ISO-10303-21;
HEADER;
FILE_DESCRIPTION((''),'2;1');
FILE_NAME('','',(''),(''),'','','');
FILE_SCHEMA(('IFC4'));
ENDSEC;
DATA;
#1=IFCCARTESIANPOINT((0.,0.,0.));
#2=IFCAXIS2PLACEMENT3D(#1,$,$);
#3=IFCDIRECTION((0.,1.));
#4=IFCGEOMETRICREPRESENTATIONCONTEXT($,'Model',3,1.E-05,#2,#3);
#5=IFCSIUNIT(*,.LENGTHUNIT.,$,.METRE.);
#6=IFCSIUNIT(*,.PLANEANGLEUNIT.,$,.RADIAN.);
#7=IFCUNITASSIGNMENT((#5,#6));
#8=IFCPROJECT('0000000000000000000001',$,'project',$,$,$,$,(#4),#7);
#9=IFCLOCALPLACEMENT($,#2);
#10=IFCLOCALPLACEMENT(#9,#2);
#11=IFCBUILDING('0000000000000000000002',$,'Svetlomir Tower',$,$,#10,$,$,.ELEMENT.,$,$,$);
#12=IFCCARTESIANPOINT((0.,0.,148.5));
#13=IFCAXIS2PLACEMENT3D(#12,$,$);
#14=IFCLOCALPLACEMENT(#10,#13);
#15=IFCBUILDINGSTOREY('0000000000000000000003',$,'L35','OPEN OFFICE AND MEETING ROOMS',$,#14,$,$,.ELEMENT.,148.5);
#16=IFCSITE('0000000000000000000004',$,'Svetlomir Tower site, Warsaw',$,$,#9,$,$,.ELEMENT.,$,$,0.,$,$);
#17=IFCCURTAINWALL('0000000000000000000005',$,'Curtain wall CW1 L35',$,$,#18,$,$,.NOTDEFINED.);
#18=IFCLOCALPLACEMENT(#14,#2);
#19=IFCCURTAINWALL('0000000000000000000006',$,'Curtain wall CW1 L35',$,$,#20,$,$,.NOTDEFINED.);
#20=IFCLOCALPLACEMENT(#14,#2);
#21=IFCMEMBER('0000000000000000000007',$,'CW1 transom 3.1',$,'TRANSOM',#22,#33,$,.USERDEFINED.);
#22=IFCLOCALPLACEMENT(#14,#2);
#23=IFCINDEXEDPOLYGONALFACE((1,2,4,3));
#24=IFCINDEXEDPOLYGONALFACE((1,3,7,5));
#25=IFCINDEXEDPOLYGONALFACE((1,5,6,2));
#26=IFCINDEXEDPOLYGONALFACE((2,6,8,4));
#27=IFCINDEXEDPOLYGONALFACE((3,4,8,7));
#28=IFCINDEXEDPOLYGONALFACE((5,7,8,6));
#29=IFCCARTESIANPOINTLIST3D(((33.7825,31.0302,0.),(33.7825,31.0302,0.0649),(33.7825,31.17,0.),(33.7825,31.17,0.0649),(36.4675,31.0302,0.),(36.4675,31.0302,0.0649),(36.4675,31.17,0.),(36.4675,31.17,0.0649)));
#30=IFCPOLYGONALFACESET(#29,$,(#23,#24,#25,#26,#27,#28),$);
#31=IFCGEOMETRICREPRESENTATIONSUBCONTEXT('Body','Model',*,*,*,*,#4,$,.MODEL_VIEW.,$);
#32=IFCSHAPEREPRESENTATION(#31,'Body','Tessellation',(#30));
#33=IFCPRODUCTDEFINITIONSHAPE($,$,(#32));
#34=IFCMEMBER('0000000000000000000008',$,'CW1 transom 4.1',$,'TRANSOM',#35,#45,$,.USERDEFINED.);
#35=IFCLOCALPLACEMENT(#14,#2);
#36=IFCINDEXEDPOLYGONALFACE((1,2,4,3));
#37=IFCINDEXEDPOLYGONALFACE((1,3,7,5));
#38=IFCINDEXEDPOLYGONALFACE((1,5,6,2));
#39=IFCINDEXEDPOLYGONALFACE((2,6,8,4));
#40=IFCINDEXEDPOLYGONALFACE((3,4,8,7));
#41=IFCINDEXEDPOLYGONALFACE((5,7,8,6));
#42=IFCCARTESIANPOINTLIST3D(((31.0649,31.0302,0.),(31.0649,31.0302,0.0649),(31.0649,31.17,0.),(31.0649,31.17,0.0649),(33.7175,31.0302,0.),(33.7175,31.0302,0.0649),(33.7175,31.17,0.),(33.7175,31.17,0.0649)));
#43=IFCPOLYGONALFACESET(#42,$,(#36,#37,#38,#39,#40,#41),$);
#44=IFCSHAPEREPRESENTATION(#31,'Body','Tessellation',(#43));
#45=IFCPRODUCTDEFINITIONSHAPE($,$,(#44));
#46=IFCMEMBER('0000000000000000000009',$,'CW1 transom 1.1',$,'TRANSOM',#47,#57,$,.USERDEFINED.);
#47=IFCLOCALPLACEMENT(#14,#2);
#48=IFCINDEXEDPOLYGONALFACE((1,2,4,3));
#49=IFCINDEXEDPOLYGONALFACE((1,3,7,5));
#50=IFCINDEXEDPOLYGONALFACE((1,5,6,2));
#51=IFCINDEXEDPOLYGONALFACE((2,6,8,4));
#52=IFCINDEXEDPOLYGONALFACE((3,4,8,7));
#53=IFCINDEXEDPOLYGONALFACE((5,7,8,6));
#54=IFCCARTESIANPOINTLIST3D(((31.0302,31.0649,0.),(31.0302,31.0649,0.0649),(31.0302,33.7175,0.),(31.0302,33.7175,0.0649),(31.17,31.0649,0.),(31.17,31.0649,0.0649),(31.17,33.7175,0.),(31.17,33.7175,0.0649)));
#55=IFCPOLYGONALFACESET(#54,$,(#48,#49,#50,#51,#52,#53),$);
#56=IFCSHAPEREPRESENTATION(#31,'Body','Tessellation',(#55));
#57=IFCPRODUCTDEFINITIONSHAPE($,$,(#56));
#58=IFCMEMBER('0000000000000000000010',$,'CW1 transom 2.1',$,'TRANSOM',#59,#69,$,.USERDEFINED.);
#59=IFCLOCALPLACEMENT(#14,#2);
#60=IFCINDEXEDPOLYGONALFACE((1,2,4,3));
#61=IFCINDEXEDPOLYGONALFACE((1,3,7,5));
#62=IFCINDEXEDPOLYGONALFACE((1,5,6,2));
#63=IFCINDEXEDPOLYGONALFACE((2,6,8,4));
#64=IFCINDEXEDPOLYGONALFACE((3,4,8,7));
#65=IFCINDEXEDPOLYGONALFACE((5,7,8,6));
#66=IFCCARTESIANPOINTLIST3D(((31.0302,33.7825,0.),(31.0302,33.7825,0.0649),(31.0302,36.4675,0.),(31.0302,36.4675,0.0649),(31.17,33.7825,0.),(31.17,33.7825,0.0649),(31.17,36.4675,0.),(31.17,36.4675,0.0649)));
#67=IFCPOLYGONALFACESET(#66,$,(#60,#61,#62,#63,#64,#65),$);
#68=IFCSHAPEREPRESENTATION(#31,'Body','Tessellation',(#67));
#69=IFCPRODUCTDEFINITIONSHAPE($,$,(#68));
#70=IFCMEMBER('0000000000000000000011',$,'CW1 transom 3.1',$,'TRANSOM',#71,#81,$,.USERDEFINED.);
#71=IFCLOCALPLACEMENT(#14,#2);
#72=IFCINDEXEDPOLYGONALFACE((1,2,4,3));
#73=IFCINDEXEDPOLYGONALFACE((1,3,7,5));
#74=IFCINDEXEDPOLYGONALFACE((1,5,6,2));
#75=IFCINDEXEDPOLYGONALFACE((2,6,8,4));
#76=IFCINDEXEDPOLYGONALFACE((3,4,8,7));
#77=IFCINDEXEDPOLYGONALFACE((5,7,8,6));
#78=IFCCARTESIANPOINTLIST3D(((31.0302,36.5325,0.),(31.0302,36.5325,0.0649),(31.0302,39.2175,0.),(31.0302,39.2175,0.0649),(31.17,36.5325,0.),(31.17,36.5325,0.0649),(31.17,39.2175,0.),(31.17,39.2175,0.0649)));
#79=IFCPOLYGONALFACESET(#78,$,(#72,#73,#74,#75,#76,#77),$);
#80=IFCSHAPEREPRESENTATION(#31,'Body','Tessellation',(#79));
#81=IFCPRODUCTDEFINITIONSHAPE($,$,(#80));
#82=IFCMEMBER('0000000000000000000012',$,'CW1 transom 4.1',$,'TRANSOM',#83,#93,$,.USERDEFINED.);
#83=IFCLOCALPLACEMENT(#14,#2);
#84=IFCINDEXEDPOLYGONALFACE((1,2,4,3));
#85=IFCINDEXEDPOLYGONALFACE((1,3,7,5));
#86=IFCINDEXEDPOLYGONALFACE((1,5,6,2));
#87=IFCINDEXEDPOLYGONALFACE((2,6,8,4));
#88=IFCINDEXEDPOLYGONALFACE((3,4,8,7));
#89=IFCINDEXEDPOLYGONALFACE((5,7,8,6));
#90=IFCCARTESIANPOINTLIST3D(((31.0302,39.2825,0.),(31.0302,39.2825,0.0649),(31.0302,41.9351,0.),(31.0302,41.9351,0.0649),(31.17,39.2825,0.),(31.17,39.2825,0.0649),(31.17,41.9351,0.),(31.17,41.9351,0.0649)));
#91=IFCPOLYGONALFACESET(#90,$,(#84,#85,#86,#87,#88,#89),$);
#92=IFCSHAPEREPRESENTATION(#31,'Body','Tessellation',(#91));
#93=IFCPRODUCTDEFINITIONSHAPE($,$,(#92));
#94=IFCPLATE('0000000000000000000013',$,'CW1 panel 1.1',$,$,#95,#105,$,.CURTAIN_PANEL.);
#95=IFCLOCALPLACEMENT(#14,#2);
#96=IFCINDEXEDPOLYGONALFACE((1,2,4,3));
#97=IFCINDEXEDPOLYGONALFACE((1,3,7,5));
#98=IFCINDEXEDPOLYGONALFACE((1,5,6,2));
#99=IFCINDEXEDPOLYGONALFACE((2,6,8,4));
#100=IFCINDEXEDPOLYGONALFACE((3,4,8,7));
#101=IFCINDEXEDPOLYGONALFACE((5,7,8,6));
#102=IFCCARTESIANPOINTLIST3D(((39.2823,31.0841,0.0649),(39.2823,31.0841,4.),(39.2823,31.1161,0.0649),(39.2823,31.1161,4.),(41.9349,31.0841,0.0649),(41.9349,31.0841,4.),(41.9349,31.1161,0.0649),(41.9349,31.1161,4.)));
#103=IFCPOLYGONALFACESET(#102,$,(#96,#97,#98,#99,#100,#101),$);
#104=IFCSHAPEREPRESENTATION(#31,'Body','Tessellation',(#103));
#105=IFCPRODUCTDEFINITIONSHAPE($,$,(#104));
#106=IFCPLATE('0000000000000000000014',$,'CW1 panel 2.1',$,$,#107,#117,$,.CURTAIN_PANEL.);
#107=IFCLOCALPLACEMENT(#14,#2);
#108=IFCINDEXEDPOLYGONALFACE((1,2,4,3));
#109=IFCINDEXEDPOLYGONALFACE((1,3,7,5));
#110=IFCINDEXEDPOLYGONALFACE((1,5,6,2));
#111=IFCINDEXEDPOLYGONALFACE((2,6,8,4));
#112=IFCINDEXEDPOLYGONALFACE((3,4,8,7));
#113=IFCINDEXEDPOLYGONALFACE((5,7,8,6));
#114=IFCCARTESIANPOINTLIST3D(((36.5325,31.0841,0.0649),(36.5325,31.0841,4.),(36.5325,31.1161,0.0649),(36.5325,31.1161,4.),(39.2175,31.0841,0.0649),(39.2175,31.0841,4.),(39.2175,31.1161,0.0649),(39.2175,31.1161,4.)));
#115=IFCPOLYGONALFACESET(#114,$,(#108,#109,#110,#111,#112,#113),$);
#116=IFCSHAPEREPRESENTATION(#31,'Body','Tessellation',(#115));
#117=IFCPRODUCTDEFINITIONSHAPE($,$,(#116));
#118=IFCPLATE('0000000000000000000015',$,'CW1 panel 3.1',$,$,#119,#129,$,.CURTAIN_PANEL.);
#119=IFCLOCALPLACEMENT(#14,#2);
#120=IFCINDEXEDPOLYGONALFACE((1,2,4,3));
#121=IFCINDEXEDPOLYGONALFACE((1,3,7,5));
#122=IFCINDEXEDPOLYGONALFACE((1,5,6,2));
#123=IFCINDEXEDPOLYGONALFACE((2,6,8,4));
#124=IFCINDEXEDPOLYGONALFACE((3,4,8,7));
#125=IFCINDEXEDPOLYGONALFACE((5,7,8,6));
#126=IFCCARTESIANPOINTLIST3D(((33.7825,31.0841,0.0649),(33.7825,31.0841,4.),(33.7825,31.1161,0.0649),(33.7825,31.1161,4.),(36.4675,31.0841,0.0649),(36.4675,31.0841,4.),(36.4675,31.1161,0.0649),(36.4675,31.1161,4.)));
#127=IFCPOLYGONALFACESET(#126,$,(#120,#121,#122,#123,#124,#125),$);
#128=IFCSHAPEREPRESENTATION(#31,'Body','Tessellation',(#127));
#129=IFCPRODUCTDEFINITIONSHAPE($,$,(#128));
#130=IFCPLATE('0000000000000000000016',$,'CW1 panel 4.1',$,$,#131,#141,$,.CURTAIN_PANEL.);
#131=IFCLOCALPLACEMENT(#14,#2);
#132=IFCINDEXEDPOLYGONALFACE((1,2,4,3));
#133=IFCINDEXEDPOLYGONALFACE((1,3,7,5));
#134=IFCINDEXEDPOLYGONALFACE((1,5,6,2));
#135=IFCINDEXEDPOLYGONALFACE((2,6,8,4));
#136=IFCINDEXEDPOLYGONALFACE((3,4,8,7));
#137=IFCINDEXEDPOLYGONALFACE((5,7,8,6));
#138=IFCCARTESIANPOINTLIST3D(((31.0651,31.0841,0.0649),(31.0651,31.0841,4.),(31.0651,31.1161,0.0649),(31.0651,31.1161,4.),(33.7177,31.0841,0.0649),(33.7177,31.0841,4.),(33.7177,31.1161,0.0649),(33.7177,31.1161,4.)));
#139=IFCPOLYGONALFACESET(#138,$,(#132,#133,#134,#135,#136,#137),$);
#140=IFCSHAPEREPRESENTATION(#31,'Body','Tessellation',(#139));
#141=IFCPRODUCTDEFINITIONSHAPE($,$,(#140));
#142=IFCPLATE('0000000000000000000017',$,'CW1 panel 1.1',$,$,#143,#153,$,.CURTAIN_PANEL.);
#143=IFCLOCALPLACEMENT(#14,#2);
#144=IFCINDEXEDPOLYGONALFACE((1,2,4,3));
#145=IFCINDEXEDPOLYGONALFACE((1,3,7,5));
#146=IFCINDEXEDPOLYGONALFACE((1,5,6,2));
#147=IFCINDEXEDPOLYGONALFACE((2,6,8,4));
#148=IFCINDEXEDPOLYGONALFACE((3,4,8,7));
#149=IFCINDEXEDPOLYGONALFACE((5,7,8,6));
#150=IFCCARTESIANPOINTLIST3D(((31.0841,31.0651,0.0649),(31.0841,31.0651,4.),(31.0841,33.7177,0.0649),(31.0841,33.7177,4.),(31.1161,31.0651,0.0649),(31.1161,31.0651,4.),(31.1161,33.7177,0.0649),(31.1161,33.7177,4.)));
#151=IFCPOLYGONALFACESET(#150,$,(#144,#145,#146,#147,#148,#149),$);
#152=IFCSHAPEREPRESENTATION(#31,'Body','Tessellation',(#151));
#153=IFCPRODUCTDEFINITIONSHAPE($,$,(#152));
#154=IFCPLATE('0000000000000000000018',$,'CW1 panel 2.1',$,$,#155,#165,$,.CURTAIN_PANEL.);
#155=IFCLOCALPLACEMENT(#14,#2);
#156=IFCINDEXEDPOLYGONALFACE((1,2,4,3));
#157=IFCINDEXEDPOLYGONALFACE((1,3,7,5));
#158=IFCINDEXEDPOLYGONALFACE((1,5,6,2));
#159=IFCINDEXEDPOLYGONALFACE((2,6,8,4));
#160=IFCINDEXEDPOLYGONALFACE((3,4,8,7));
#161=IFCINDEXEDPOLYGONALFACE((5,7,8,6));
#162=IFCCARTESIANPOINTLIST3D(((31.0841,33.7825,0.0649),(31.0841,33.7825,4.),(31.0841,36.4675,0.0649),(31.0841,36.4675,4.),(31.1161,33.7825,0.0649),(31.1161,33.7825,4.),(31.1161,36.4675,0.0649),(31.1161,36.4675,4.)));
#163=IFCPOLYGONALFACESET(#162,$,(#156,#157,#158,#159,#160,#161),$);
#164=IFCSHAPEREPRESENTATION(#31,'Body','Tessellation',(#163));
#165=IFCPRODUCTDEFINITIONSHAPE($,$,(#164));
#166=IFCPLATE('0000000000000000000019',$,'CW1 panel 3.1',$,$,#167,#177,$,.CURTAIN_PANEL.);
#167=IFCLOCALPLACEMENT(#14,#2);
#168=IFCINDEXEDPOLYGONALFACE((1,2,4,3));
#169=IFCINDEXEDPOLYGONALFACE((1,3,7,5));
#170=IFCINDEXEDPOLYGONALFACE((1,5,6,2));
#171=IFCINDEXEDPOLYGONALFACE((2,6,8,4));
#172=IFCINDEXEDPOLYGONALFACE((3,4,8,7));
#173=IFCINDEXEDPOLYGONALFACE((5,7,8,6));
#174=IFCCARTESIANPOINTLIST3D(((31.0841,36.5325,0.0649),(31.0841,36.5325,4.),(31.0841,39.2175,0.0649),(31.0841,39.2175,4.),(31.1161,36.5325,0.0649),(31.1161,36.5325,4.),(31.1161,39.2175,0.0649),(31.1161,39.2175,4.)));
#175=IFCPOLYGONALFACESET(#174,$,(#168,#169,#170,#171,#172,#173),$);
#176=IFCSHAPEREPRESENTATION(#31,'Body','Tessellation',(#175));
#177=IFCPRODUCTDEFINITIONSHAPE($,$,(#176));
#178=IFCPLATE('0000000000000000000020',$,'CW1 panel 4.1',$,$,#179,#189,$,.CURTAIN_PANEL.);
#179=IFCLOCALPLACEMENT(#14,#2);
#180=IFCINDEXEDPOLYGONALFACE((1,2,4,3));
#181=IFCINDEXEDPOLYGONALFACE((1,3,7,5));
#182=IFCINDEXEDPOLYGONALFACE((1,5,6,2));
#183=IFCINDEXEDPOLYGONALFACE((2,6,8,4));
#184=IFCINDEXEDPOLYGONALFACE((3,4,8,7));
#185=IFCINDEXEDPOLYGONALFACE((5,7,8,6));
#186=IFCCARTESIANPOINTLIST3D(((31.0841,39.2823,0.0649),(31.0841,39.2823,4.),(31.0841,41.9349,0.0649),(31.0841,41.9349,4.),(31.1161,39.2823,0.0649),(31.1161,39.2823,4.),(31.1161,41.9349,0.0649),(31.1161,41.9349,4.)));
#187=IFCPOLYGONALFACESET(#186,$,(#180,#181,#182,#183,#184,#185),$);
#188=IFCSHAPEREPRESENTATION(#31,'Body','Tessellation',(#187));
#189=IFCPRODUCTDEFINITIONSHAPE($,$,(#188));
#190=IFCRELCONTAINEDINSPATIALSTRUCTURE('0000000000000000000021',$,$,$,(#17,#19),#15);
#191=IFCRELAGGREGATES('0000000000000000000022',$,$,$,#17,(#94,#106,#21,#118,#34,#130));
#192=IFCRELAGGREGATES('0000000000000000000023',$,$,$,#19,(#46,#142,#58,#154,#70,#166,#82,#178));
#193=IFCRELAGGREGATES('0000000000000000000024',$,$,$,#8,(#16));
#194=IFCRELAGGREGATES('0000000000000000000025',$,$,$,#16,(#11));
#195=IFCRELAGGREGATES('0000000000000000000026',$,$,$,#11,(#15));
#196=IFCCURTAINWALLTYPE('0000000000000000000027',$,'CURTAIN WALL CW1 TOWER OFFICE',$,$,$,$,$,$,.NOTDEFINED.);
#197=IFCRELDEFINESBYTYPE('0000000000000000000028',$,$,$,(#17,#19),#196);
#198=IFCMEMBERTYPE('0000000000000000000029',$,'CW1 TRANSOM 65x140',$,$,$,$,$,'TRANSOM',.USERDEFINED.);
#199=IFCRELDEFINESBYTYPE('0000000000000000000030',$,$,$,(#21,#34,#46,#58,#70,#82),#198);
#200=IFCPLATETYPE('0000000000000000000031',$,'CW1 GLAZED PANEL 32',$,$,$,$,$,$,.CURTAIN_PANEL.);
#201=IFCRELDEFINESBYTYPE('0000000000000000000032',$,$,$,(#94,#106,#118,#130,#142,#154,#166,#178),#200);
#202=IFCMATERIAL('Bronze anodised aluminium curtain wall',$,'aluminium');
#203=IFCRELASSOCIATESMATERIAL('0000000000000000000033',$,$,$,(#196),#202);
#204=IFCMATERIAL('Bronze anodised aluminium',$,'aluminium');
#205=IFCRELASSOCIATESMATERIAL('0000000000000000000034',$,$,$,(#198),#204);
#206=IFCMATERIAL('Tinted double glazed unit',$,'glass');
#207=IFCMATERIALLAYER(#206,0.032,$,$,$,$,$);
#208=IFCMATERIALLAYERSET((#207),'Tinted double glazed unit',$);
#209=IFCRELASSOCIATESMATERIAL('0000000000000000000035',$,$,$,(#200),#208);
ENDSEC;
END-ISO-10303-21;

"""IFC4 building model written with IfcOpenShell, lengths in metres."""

from ifc_helpers import new_model, si_unit, direction, frame, origin, origin_2d, place, context, subcontext, project, spatial, rectangle, extrude, material, layer, layer_set, material_profile, profile_set, type_object, element, aggregate, save


model = new_model("IFC4")

# Units and contexts
model_context = context("Model", 3, precision=1e-05, world=origin(), true_north=direction((0.0, 1.0)))
body_context = subcontext(model_context, "Body", "Model", "MODEL_VIEW")
ifc_project = project(units=[si_unit("LENGTHUNIT", "METRE"), si_unit("PLANEANGLEUNIT", "RADIAN")], contexts=[model_context])

# Site, building, storey
site_placement = place(None, origin())
site = spatial("IfcSite", under=ifc_project, at=site_placement, Name="Svetlomir Tower site, Warsaw", CompositionType="ELEMENT", RefElevation=0.0)
building_placement = place(site_placement, origin())
building = spatial("IfcBuilding", under=site, at=building_placement, Name="Svetlomir Tower", CompositionType="ELEMENT")
storey_placement = place(building_placement, frame((0.0, 0.0, 148.5)))
storey = spatial("IfcBuildingStorey", under=building, at=storey_placement, Name="L35", Description="OPEN OFFICE AND MEETING ROOMS", CompositionType="ELEMENT", Elevation=148.5)

# Curtain walls
ifc_material_1 = material(Name="Bronze anodised aluminium curtain wall", Category="aluminium")
curtain_wall_type = type_object("IfcCurtainWallType", Name="CURTAIN WALL CW1 TOWER OFFICE", PredefinedType="NOTDEFINED", material=ifc_material_1)
curtain_wall_1_placement = place(storey_placement, origin())
curtain_wall_1 = element("IfcCurtainWall", 1, at=curtain_wall_1_placement, inside=storey, type_object=curtain_wall_type, Name="Curtain wall CW1 L35", PredefinedType="NOTDEFINED")
curtain_wall_2_placement = place(storey_placement, origin())
curtain_wall_2 = element("IfcCurtainWall", 2, at=curtain_wall_2_placement, inside=storey, type_object=curtain_wall_type, Name="Curtain wall CW1 L35", PredefinedType="NOTDEFINED")

# Members
ifc_material_2 = material(Name="Bronze anodised aluminium", Category="aluminium")
ifc_material_profile_1 = material_profile(ifc_material_2, rectangle(XDim=0.1399, YDim=0.0649, at=origin_2d()), Name="AL 140x65")
ifc_profile_set_1 = profile_set([ifc_material_profile_1], Name="Bronze anodised aluminium 6063-T6")
member_type_1 = type_object("IfcMemberType", Name="CW1 TRANSOM 65x140", ElementType="TRANSOM", PredefinedType="USERDEFINED", material=ifc_profile_set_1)
member_1_placement = place(storey_placement, frame((36.4675, 31.1001, 0.0325), z_axis=(-1.0, 0.0, 0.0), x_axis=(0.0, -1.0, 0.0)))
member_1 = element("IfcMember", 3, at=member_1_placement, type_object=member_type_1, Name="CW1 transom 3.1", ObjectType="TRANSOM", PredefinedType="USERDEFINED", context=body_context, shape_type="SweptSolid", body=[
    extrude(rectangle(XDim=0.1399, YDim=0.0649, at=origin_2d()), origin(), (0.0, 0.0, 1.0), 2.6851),
])
member_2_placement = place(storey_placement, frame((33.7175, 31.1001, 0.0325), z_axis=(-1.0, 0.0, 0.0), x_axis=(0.0, -1.0, 0.0)))
member_2 = element("IfcMember", 4, at=member_2_placement, type_object=member_type_1, Name="CW1 transom 4.1", ObjectType="TRANSOM", PredefinedType="USERDEFINED", context=body_context, shape_type="SweptSolid", body=[
    extrude(rectangle(XDim=0.1399, YDim=0.0649, at=origin_2d()), origin(), (0.0, 0.0, 1.0), 2.6526),
])
member_3_placement = place(storey_placement, frame((31.1001, 31.0649, 0.0325), z_axis=(0.0, 1.0, 0.0), x_axis=(-1.0, 0.0, 0.0)))
member_3 = element("IfcMember", 5, at=member_3_placement, type_object=member_type_1, Name="CW1 transom 1.1", ObjectType="TRANSOM", PredefinedType="USERDEFINED", context=body_context, shape_type="SweptSolid", body=[
    extrude(rectangle(XDim=0.1399, YDim=0.0649, at=origin_2d()), origin(), (0.0, 0.0, 1.0), 2.6526),
])
member_4_placement = place(storey_placement, frame((31.1001, 33.7825, 0.0325), z_axis=(0.0, 1.0, 0.0), x_axis=(-1.0, 0.0, 0.0)))
member_4 = element("IfcMember", 6, at=member_4_placement, type_object=member_type_1, Name="CW1 transom 2.1", ObjectType="TRANSOM", PredefinedType="USERDEFINED", context=body_context, shape_type="SweptSolid", body=[
    extrude(rectangle(XDim=0.1399, YDim=0.0649, at=origin_2d()), origin(), (0.0, 0.0, 1.0), 2.6851),
])
member_5_placement = place(storey_placement, frame((31.1001, 36.5325, 0.0325), z_axis=(0.0, 1.0, 0.0), x_axis=(-1.0, 0.0, 0.0)))
member_5 = element("IfcMember", 7, at=member_5_placement, type_object=member_type_1, Name="CW1 transom 3.1", ObjectType="TRANSOM", PredefinedType="USERDEFINED", context=body_context, shape_type="SweptSolid", body=[
    extrude(rectangle(XDim=0.1399, YDim=0.0649, at=origin_2d()), origin(), (0.0, 0.0, 1.0), 2.6851),
])
member_6_placement = place(storey_placement, frame((31.1001, 39.2825, 0.0325), z_axis=(0.0, 1.0, 0.0), x_axis=(-1.0, 0.0, 0.0)))
member_6 = element("IfcMember", 8, at=member_6_placement, type_object=member_type_1, Name="CW1 transom 4.1", ObjectType="TRANSOM", PredefinedType="USERDEFINED", context=body_context, shape_type="SweptSolid", body=[
    extrude(rectangle(XDim=0.1399, YDim=0.0649, at=origin_2d()), origin(), (0.0, 0.0, 1.0), 2.6526),
])

# Plates
ifc_material_3 = material(Name="Tinted double glazed unit", Category="glass")
ifc_layer = layer(ifc_material_3, 0.032)
ifc_layer_set = layer_set([ifc_layer], Name="Tinted double glazed unit")
plate_type = type_object("IfcPlateType", Name="CW1 GLAZED PANEL 32", PredefinedType="CURTAIN_PANEL", material=ifc_layer_set)
plate_1_placement = place(storey_placement, frame((40.6086, 31.1001, 0.0649), z_axis=(0.0, 0.0, 1.0), x_axis=(-1.0, 0.0, 0.0)))
plate_1 = element("IfcPlate", 9, at=plate_1_placement, type_object=plate_type, Name="CW1 panel 1.1", PredefinedType="CURTAIN_PANEL", context=body_context, shape_type="SweptSolid", body=[
    extrude(rectangle(XDim=2.6526, YDim=0.032, at=origin_2d()), origin(), (0.0, 0.0, 1.0), 3.9351),
])
plate_2_placement = place(storey_placement, frame((37.875, 31.1001, 0.0649), z_axis=(0.0, 0.0, 1.0), x_axis=(-1.0, 0.0, 0.0)))
plate_2 = element("IfcPlate", 10, at=plate_2_placement, type_object=plate_type, Name="CW1 panel 2.1", PredefinedType="CURTAIN_PANEL", context=body_context, shape_type="SweptSolid", body=[
    extrude(rectangle(XDim=2.6851, YDim=0.032, at=origin_2d()), origin(), (0.0, 0.0, 1.0), 3.9351),
])
plate_3_placement = place(storey_placement, frame((35.125, 31.1001, 0.0649), z_axis=(0.0, 0.0, 1.0), x_axis=(-1.0, 0.0, 0.0)))
plate_3 = element("IfcPlate", 11, at=plate_3_placement, type_object=plate_type, Name="CW1 panel 3.1", PredefinedType="CURTAIN_PANEL", context=body_context, shape_type="SweptSolid", body=[
    extrude(rectangle(XDim=2.6851, YDim=0.032, at=origin_2d()), origin(), (0.0, 0.0, 1.0), 3.9351),
])
plate_4_placement = place(storey_placement, frame((32.3914, 31.1001, 0.0649), z_axis=(0.0, 0.0, 1.0), x_axis=(-1.0, 0.0, 0.0)))
plate_4 = element("IfcPlate", 12, at=plate_4_placement, type_object=plate_type, Name="CW1 panel 4.1", PredefinedType="CURTAIN_PANEL", context=body_context, shape_type="SweptSolid", body=[
    extrude(rectangle(XDim=2.6526, YDim=0.032, at=origin_2d()), origin(), (0.0, 0.0, 1.0), 3.9351),
])
aggregate(curtain_wall_1, [plate_1, plate_2, member_1, plate_3, member_2, plate_4])
plate_5_placement = place(storey_placement, frame((31.1001, 32.3914, 0.0649), z_axis=(0.0, 0.0, 1.0), x_axis=(0.0, 1.0, 0.0)))
plate_5 = element("IfcPlate", 13, at=plate_5_placement, type_object=plate_type, Name="CW1 panel 1.1", PredefinedType="CURTAIN_PANEL", context=body_context, shape_type="SweptSolid", body=[
    extrude(rectangle(XDim=2.6526, YDim=0.032, at=origin_2d()), origin(), (0.0, 0.0, 1.0), 3.9351),
])
plate_6_placement = place(storey_placement, frame((31.1001, 35.125, 0.0649), z_axis=(0.0, 0.0, 1.0), x_axis=(0.0, 1.0, 0.0)))
plate_6 = element("IfcPlate", 14, at=plate_6_placement, type_object=plate_type, Name="CW1 panel 2.1", PredefinedType="CURTAIN_PANEL", context=body_context, shape_type="SweptSolid", body=[
    extrude(rectangle(XDim=2.6851, YDim=0.032, at=origin_2d()), origin(), (0.0, 0.0, 1.0), 3.9351),
])
plate_7_placement = place(storey_placement, frame((31.1001, 37.875, 0.0649), z_axis=(0.0, 0.0, 1.0), x_axis=(0.0, 1.0, 0.0)))
plate_7 = element("IfcPlate", 15, at=plate_7_placement, type_object=plate_type, Name="CW1 panel 3.1", PredefinedType="CURTAIN_PANEL", context=body_context, shape_type="SweptSolid", body=[
    extrude(rectangle(XDim=2.6851, YDim=0.032, at=origin_2d()), origin(), (0.0, 0.0, 1.0), 3.9351),
])
plate_8_placement = place(storey_placement, frame((31.1001, 40.6086, 0.0649), z_axis=(0.0, 0.0, 1.0), x_axis=(0.0, 1.0, 0.0)))
plate_8 = element("IfcPlate", 16, at=plate_8_placement, type_object=plate_type, Name="CW1 panel 4.1", PredefinedType="CURTAIN_PANEL", context=body_context, shape_type="SweptSolid", body=[
    extrude(rectangle(XDim=2.6526, YDim=0.032, at=origin_2d()), origin(), (0.0, 0.0, 1.0), 3.9351),
])
aggregate(curtain_wall_2, [member_3, plate_5, member_4, plate_6, member_5, plate_7, member_6, plate_8])

save(model, "model.ifc")
